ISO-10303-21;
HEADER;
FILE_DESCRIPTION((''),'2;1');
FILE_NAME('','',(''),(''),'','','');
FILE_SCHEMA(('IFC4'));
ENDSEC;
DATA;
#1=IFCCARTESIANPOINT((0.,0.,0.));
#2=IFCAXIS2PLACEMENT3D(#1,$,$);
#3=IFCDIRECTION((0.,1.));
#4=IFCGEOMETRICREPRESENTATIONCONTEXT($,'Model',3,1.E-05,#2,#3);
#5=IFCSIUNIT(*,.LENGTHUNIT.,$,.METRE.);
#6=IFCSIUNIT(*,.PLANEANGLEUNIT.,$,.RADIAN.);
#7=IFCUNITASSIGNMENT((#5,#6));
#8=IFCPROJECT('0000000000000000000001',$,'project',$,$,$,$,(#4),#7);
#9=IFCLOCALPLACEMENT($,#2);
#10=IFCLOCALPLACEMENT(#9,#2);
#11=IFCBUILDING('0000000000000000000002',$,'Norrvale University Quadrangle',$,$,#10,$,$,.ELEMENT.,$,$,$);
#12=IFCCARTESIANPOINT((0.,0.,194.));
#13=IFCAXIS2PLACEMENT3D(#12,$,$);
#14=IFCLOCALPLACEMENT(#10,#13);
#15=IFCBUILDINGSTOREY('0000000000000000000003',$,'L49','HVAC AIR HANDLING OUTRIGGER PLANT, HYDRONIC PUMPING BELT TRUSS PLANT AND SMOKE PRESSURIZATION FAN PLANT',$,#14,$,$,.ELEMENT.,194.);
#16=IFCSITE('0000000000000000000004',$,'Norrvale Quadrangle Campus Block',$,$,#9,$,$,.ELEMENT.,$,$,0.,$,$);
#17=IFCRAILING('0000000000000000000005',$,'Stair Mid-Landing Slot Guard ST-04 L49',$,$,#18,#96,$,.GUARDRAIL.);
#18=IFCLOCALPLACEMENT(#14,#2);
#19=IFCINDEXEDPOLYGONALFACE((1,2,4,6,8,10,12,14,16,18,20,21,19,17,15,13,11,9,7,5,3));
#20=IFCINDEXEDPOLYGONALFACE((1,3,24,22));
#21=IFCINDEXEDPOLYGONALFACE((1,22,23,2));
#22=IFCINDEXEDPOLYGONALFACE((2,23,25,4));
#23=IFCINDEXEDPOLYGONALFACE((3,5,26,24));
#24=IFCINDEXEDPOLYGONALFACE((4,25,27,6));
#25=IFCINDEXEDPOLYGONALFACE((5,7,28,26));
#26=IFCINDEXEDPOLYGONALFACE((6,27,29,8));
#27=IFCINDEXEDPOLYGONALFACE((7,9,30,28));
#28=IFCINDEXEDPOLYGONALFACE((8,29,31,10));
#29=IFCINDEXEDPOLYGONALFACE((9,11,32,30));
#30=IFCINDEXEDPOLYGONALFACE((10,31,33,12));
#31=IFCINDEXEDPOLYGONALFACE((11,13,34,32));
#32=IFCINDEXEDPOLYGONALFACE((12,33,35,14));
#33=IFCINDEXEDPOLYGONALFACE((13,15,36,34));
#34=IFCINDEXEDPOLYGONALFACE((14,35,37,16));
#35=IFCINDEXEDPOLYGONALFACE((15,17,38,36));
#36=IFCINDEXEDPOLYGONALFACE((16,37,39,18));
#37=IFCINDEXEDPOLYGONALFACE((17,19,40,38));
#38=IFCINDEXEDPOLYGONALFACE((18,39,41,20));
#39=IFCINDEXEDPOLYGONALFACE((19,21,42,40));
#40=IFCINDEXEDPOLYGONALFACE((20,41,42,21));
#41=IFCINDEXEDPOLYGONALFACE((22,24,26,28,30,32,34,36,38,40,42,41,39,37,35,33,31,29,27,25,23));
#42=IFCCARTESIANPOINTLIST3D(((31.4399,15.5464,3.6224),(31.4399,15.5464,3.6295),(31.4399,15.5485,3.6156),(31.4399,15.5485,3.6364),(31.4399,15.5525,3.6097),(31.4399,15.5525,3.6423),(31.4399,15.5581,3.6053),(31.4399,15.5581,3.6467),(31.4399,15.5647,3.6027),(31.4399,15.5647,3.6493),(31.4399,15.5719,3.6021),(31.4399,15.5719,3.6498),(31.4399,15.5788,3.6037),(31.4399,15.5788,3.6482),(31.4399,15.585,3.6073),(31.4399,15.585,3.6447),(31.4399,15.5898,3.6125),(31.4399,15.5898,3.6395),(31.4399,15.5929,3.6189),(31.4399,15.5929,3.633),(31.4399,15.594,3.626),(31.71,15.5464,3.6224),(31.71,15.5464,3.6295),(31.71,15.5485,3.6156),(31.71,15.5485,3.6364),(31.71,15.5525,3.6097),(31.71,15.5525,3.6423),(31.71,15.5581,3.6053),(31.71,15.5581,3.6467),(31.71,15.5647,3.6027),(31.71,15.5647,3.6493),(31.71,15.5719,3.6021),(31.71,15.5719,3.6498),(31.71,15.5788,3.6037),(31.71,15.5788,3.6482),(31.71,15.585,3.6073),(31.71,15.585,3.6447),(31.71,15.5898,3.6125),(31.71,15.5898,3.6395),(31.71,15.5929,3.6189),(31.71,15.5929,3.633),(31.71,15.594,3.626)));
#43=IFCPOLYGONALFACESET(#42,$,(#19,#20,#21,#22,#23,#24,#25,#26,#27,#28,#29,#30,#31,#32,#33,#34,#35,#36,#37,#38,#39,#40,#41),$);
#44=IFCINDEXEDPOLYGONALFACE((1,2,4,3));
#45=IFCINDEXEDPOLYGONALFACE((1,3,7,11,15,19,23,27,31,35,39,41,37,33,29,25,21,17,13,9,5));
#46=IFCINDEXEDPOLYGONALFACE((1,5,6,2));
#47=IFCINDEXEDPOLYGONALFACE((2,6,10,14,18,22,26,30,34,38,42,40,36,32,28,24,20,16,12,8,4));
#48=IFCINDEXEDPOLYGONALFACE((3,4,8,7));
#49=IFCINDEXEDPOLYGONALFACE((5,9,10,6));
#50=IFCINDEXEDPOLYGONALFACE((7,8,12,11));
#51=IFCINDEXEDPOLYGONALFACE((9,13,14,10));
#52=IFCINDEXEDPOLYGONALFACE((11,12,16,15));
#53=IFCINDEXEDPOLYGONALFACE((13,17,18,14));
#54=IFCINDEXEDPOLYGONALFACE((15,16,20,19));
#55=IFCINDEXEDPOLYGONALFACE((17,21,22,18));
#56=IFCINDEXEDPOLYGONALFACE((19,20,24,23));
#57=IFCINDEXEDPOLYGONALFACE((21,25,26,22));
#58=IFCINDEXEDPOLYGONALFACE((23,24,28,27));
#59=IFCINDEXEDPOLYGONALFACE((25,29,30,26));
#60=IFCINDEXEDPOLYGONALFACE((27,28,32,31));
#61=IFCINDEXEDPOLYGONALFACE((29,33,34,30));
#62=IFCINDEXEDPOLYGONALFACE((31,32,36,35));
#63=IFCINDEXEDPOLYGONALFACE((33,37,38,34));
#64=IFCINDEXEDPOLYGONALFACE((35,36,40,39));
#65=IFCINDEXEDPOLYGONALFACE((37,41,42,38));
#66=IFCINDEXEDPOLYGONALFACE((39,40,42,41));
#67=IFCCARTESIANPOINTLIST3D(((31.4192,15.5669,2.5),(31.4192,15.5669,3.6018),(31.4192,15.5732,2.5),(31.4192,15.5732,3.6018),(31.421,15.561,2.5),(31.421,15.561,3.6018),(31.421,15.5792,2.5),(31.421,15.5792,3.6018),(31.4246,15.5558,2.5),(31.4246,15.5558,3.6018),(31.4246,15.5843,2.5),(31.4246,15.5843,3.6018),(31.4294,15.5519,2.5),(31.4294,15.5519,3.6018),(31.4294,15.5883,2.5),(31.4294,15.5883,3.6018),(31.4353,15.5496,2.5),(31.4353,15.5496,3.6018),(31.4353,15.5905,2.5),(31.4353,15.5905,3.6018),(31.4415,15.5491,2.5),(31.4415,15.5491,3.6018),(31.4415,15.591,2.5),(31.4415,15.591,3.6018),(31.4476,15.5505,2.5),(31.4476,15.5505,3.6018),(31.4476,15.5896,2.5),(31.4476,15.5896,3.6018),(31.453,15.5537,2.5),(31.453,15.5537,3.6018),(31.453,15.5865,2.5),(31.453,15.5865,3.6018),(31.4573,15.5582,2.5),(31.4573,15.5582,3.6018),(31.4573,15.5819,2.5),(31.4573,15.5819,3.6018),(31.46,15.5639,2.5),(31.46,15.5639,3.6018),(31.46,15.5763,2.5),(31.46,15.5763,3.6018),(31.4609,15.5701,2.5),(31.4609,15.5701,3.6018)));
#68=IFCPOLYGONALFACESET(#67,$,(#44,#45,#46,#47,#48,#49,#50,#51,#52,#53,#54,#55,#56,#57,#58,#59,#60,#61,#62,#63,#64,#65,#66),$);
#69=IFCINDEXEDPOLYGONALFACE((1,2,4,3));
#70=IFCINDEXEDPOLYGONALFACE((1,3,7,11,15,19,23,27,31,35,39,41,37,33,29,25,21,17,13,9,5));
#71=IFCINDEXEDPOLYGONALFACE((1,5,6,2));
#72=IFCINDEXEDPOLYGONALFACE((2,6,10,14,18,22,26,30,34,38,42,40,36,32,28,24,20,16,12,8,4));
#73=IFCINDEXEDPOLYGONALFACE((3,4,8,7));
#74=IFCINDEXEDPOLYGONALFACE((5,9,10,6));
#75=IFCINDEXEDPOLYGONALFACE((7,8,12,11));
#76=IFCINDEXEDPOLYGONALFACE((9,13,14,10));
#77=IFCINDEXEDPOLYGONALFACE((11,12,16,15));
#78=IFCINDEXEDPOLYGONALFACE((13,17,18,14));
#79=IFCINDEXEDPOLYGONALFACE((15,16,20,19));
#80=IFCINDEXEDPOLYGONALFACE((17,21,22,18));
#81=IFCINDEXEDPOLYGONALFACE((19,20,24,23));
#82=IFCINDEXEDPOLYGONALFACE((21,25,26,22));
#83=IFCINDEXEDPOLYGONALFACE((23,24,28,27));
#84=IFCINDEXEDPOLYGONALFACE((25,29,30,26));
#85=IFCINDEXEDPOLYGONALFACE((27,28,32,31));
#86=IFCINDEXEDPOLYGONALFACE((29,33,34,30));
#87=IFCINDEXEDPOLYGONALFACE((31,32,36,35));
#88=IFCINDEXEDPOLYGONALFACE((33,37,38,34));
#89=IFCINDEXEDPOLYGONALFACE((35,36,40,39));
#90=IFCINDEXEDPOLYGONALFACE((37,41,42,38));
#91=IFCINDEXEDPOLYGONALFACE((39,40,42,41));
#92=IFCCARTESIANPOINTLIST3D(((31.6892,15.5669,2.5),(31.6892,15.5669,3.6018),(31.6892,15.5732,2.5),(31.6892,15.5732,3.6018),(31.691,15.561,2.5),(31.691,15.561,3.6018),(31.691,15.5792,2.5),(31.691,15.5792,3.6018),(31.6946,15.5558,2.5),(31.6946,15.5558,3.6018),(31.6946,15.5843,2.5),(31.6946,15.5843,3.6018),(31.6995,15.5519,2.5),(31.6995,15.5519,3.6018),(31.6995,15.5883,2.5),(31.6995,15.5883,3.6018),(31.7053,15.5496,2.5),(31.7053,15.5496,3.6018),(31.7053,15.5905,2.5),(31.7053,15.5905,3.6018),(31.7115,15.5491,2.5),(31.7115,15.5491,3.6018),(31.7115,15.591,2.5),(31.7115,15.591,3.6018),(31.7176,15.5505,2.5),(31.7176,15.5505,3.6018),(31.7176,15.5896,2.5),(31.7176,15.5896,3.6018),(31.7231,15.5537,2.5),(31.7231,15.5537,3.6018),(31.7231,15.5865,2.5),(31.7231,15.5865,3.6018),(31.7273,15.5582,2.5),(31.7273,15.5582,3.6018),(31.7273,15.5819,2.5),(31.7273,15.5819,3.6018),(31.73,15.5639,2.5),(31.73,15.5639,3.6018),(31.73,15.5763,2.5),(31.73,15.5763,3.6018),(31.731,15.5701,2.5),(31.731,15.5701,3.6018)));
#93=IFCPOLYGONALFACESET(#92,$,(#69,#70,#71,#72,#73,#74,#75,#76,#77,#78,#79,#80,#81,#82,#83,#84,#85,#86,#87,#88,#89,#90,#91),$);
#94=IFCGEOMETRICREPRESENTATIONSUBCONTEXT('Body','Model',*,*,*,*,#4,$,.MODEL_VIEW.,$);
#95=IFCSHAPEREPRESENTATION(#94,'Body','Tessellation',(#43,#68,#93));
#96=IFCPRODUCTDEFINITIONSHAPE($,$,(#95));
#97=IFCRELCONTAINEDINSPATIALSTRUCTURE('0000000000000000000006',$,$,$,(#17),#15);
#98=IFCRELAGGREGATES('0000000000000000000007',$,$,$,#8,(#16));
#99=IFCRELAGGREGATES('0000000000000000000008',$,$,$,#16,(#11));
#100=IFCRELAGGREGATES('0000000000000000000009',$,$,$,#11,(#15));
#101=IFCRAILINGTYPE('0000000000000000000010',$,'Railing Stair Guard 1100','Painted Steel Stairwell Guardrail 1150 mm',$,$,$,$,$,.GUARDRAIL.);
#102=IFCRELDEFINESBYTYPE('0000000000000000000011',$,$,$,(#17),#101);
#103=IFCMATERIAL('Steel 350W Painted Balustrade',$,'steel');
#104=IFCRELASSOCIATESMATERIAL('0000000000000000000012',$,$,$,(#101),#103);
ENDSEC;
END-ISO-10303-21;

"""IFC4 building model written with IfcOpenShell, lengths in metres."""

from ifc_helpers import new_model, si_unit, direction, frame, origin, origin_2d, place, context, subcontext, project, spatial, circle, extrude, material, type_object, element, save


model = new_model("IFC4")

# Units and contexts
model_context = context("Model", 3, precision=1e-05, world=origin(), true_north=direction((0.0, 1.0)))
body_context = subcontext(model_context, "Body", "Model", "MODEL_VIEW")
ifc_project = project(units=[si_unit("LENGTHUNIT", "METRE"), si_unit("PLANEANGLEUNIT", "RADIAN")], contexts=[model_context])

# Site, building, storey
site_placement = place(None, origin())
site = spatial("IfcSite", under=ifc_project, at=site_placement, Name="Norrvale Quadrangle Campus Block", CompositionType="ELEMENT", RefElevation=0.0)
building_placement = place(site_placement, origin())
building = spatial("IfcBuilding", under=site, at=building_placement, Name="Norrvale University Quadrangle", CompositionType="ELEMENT")
storey_placement = place(building_placement, frame((0.0, 0.0, 194.0)))
storey = spatial("IfcBuildingStorey", under=building, at=storey_placement, Name="L49", Description="HVAC AIR HANDLING OUTRIGGER PLANT, HYDRONIC PUMPING BELT TRUSS PLANT AND SMOKE PRESSURIZATION FAN PLANT", CompositionType="ELEMENT", Elevation=194.0)

# Railing
ifc_material_1 = material(Name="Steel 350W Painted Balustrade", Category="steel")
railing_type_1 = type_object("IfcRailingType", Name="Railing Stair Guard 1100", Description="Painted Steel Stairwell Guardrail 1150 mm", PredefinedType="GUARDRAIL", material=ifc_material_1)
railing_1_placement = place(storey_placement, frame((31.4399, 15.5701, 2.5)))
element("IfcRailing", 1, at=railing_1_placement, inside=storey, type_object=railing_type_1, Name="Stair Mid-Landing Slot Guard ST-04 L49", PredefinedType="GUARDRAIL", context=body_context, shape_type="SweptSolid", body=[
    extrude(circle(Radius=0.0239, at=origin_2d()), frame((0.0, 0.0, 1.126), z_axis=(1.0, 0.0, 0.0), x_axis=(0.0, 1.0, 0.0)), (0.0, 0.0, 1.0), 0.27),
    extrude(circle(Radius=0.021, at=origin_2d()), origin(), (0.0, 0.0, 1.0), 1.1018),
    extrude(circle(Radius=0.021, at=origin_2d()), frame((0.27, 0.0, 0.0)), (0.0, 0.0, 1.0), 1.1018),
])

save(model, "model.ifc")
